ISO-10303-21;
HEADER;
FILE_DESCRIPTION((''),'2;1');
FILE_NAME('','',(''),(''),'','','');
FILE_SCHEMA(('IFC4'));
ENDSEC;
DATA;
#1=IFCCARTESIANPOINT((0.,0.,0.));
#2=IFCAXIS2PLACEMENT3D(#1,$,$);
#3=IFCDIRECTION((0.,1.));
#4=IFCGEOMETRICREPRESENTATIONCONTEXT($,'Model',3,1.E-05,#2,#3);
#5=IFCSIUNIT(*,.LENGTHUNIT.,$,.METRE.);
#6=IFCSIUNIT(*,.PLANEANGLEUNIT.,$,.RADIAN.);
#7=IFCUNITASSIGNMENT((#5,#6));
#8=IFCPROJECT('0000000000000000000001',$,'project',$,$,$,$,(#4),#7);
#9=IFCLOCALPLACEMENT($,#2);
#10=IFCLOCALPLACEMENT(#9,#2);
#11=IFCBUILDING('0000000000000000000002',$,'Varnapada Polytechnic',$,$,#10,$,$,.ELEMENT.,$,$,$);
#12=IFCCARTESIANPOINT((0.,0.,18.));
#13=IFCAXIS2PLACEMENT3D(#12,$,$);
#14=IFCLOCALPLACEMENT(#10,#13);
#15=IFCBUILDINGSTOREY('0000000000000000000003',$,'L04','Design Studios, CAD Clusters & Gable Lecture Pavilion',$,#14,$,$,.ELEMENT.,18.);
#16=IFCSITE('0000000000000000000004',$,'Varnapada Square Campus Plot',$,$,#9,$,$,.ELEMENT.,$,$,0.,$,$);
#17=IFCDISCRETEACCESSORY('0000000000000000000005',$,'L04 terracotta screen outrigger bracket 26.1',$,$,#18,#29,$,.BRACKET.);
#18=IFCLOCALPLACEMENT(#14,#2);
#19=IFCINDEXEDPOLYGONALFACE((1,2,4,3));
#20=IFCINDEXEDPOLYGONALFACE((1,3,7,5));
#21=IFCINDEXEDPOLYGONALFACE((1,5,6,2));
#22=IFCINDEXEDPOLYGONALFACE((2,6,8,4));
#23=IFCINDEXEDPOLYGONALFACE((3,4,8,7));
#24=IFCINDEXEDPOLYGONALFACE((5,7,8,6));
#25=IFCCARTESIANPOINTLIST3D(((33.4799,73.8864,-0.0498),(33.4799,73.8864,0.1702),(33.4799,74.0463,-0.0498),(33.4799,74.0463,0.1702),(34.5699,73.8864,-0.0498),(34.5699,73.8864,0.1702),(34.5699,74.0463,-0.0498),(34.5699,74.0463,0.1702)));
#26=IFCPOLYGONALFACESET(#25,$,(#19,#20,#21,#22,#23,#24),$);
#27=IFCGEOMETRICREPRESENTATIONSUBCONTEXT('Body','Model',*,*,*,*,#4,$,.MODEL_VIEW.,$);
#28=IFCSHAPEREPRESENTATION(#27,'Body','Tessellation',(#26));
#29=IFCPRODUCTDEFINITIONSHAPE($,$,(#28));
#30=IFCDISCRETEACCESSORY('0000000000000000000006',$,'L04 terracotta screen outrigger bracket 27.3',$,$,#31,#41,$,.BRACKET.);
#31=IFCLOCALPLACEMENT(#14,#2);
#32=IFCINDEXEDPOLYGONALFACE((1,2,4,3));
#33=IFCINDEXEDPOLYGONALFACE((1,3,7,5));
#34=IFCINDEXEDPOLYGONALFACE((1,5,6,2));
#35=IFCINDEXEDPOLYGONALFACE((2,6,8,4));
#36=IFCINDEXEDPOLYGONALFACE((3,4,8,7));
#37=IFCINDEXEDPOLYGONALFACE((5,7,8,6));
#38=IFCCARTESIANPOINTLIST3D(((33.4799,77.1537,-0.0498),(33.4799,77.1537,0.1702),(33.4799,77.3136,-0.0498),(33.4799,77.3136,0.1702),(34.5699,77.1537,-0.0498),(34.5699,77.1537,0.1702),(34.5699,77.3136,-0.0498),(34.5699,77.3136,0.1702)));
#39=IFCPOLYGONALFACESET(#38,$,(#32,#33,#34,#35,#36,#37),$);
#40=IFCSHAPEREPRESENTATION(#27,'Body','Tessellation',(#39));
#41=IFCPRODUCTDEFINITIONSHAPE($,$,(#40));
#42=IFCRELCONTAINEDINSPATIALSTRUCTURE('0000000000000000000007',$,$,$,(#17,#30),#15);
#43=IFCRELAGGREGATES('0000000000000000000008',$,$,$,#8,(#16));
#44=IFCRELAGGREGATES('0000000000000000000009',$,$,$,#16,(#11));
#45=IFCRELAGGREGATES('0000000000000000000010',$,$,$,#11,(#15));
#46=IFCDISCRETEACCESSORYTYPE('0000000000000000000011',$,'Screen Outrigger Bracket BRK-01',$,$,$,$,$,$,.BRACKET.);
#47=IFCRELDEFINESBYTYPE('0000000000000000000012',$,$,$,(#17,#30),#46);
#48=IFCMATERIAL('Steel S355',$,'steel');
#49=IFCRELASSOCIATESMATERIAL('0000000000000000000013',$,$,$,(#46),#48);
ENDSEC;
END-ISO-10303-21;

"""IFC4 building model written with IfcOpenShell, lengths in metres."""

from ifc_helpers import new_model, si_unit, direction, frame, origin, origin_2d, place, context, subcontext, project, spatial, rectangle, extrude, material, type_object, element, save


model = new_model("IFC4")

# Units and contexts
model_context = context("Model", 3, precision=1e-05, world=origin(), true_north=direction((0.0, 1.0)))
body_context = subcontext(model_context, "Body", "Model", "MODEL_VIEW")
ifc_project = project(units=[si_unit("LENGTHUNIT", "METRE"), si_unit("PLANEANGLEUNIT", "RADIAN")], contexts=[model_context])

# Site, building, storey
site_placement = place(None, origin())
site = spatial("IfcSite", under=ifc_project, at=site_placement, Name="Varnapada Square Campus Plot", CompositionType="ELEMENT", RefElevation=0.0)
building_placement = place(site_placement, origin())
building = spatial("IfcBuilding", under=site, at=building_placement, Name="Varnapada Polytechnic", CompositionType="ELEMENT")
storey_placement = place(building_placement, frame((0.0, 0.0, 18.0)))
storey = spatial("IfcBuildingStorey", under=building, at=storey_placement, Name="L04", Description="Design Studios, CAD Clusters & Gable Lecture Pavilion", CompositionType="ELEMENT", Elevation=18.0)

# Discrete accessories
ifc_material_1 = material(Name="Steel S355", Category="steel")
discrete_accessory_type = type_object("IfcDiscreteAccessoryType", Name="Screen Outrigger Bracket BRK-01", PredefinedType="BRACKET", material=ifc_material_1)
for number, where, z_axis, x_axis, name in (
    (1, (34.0249, 73.9663, -0.0498), (0.0, 0.0, 1.0), (0.0, -1.0, 0.0), "L04 terracotta screen outrigger bracket 26.1"),
    (2, (34.0249, 77.2336, -0.0498), (0.0, 0.0, 1.0), (0.0, -1.0, 0.0), "L04 terracotta screen outrigger bracket 27.3"),
):
    element("IfcDiscreteAccessory", number, at=place(storey_placement, frame(where, z_axis=z_axis, x_axis=x_axis)), inside=storey, type_object=discrete_accessory_type, Name=name, PredefinedType="BRACKET", context=body_context, shape_type="SweptSolid", body=[
        extrude(rectangle(XDim=0.1599, YDim=1.0901, at=origin_2d()), origin(), (0.0, 0.0, 1.0), 0.22),
    ])

save(model, "model.ifc")
